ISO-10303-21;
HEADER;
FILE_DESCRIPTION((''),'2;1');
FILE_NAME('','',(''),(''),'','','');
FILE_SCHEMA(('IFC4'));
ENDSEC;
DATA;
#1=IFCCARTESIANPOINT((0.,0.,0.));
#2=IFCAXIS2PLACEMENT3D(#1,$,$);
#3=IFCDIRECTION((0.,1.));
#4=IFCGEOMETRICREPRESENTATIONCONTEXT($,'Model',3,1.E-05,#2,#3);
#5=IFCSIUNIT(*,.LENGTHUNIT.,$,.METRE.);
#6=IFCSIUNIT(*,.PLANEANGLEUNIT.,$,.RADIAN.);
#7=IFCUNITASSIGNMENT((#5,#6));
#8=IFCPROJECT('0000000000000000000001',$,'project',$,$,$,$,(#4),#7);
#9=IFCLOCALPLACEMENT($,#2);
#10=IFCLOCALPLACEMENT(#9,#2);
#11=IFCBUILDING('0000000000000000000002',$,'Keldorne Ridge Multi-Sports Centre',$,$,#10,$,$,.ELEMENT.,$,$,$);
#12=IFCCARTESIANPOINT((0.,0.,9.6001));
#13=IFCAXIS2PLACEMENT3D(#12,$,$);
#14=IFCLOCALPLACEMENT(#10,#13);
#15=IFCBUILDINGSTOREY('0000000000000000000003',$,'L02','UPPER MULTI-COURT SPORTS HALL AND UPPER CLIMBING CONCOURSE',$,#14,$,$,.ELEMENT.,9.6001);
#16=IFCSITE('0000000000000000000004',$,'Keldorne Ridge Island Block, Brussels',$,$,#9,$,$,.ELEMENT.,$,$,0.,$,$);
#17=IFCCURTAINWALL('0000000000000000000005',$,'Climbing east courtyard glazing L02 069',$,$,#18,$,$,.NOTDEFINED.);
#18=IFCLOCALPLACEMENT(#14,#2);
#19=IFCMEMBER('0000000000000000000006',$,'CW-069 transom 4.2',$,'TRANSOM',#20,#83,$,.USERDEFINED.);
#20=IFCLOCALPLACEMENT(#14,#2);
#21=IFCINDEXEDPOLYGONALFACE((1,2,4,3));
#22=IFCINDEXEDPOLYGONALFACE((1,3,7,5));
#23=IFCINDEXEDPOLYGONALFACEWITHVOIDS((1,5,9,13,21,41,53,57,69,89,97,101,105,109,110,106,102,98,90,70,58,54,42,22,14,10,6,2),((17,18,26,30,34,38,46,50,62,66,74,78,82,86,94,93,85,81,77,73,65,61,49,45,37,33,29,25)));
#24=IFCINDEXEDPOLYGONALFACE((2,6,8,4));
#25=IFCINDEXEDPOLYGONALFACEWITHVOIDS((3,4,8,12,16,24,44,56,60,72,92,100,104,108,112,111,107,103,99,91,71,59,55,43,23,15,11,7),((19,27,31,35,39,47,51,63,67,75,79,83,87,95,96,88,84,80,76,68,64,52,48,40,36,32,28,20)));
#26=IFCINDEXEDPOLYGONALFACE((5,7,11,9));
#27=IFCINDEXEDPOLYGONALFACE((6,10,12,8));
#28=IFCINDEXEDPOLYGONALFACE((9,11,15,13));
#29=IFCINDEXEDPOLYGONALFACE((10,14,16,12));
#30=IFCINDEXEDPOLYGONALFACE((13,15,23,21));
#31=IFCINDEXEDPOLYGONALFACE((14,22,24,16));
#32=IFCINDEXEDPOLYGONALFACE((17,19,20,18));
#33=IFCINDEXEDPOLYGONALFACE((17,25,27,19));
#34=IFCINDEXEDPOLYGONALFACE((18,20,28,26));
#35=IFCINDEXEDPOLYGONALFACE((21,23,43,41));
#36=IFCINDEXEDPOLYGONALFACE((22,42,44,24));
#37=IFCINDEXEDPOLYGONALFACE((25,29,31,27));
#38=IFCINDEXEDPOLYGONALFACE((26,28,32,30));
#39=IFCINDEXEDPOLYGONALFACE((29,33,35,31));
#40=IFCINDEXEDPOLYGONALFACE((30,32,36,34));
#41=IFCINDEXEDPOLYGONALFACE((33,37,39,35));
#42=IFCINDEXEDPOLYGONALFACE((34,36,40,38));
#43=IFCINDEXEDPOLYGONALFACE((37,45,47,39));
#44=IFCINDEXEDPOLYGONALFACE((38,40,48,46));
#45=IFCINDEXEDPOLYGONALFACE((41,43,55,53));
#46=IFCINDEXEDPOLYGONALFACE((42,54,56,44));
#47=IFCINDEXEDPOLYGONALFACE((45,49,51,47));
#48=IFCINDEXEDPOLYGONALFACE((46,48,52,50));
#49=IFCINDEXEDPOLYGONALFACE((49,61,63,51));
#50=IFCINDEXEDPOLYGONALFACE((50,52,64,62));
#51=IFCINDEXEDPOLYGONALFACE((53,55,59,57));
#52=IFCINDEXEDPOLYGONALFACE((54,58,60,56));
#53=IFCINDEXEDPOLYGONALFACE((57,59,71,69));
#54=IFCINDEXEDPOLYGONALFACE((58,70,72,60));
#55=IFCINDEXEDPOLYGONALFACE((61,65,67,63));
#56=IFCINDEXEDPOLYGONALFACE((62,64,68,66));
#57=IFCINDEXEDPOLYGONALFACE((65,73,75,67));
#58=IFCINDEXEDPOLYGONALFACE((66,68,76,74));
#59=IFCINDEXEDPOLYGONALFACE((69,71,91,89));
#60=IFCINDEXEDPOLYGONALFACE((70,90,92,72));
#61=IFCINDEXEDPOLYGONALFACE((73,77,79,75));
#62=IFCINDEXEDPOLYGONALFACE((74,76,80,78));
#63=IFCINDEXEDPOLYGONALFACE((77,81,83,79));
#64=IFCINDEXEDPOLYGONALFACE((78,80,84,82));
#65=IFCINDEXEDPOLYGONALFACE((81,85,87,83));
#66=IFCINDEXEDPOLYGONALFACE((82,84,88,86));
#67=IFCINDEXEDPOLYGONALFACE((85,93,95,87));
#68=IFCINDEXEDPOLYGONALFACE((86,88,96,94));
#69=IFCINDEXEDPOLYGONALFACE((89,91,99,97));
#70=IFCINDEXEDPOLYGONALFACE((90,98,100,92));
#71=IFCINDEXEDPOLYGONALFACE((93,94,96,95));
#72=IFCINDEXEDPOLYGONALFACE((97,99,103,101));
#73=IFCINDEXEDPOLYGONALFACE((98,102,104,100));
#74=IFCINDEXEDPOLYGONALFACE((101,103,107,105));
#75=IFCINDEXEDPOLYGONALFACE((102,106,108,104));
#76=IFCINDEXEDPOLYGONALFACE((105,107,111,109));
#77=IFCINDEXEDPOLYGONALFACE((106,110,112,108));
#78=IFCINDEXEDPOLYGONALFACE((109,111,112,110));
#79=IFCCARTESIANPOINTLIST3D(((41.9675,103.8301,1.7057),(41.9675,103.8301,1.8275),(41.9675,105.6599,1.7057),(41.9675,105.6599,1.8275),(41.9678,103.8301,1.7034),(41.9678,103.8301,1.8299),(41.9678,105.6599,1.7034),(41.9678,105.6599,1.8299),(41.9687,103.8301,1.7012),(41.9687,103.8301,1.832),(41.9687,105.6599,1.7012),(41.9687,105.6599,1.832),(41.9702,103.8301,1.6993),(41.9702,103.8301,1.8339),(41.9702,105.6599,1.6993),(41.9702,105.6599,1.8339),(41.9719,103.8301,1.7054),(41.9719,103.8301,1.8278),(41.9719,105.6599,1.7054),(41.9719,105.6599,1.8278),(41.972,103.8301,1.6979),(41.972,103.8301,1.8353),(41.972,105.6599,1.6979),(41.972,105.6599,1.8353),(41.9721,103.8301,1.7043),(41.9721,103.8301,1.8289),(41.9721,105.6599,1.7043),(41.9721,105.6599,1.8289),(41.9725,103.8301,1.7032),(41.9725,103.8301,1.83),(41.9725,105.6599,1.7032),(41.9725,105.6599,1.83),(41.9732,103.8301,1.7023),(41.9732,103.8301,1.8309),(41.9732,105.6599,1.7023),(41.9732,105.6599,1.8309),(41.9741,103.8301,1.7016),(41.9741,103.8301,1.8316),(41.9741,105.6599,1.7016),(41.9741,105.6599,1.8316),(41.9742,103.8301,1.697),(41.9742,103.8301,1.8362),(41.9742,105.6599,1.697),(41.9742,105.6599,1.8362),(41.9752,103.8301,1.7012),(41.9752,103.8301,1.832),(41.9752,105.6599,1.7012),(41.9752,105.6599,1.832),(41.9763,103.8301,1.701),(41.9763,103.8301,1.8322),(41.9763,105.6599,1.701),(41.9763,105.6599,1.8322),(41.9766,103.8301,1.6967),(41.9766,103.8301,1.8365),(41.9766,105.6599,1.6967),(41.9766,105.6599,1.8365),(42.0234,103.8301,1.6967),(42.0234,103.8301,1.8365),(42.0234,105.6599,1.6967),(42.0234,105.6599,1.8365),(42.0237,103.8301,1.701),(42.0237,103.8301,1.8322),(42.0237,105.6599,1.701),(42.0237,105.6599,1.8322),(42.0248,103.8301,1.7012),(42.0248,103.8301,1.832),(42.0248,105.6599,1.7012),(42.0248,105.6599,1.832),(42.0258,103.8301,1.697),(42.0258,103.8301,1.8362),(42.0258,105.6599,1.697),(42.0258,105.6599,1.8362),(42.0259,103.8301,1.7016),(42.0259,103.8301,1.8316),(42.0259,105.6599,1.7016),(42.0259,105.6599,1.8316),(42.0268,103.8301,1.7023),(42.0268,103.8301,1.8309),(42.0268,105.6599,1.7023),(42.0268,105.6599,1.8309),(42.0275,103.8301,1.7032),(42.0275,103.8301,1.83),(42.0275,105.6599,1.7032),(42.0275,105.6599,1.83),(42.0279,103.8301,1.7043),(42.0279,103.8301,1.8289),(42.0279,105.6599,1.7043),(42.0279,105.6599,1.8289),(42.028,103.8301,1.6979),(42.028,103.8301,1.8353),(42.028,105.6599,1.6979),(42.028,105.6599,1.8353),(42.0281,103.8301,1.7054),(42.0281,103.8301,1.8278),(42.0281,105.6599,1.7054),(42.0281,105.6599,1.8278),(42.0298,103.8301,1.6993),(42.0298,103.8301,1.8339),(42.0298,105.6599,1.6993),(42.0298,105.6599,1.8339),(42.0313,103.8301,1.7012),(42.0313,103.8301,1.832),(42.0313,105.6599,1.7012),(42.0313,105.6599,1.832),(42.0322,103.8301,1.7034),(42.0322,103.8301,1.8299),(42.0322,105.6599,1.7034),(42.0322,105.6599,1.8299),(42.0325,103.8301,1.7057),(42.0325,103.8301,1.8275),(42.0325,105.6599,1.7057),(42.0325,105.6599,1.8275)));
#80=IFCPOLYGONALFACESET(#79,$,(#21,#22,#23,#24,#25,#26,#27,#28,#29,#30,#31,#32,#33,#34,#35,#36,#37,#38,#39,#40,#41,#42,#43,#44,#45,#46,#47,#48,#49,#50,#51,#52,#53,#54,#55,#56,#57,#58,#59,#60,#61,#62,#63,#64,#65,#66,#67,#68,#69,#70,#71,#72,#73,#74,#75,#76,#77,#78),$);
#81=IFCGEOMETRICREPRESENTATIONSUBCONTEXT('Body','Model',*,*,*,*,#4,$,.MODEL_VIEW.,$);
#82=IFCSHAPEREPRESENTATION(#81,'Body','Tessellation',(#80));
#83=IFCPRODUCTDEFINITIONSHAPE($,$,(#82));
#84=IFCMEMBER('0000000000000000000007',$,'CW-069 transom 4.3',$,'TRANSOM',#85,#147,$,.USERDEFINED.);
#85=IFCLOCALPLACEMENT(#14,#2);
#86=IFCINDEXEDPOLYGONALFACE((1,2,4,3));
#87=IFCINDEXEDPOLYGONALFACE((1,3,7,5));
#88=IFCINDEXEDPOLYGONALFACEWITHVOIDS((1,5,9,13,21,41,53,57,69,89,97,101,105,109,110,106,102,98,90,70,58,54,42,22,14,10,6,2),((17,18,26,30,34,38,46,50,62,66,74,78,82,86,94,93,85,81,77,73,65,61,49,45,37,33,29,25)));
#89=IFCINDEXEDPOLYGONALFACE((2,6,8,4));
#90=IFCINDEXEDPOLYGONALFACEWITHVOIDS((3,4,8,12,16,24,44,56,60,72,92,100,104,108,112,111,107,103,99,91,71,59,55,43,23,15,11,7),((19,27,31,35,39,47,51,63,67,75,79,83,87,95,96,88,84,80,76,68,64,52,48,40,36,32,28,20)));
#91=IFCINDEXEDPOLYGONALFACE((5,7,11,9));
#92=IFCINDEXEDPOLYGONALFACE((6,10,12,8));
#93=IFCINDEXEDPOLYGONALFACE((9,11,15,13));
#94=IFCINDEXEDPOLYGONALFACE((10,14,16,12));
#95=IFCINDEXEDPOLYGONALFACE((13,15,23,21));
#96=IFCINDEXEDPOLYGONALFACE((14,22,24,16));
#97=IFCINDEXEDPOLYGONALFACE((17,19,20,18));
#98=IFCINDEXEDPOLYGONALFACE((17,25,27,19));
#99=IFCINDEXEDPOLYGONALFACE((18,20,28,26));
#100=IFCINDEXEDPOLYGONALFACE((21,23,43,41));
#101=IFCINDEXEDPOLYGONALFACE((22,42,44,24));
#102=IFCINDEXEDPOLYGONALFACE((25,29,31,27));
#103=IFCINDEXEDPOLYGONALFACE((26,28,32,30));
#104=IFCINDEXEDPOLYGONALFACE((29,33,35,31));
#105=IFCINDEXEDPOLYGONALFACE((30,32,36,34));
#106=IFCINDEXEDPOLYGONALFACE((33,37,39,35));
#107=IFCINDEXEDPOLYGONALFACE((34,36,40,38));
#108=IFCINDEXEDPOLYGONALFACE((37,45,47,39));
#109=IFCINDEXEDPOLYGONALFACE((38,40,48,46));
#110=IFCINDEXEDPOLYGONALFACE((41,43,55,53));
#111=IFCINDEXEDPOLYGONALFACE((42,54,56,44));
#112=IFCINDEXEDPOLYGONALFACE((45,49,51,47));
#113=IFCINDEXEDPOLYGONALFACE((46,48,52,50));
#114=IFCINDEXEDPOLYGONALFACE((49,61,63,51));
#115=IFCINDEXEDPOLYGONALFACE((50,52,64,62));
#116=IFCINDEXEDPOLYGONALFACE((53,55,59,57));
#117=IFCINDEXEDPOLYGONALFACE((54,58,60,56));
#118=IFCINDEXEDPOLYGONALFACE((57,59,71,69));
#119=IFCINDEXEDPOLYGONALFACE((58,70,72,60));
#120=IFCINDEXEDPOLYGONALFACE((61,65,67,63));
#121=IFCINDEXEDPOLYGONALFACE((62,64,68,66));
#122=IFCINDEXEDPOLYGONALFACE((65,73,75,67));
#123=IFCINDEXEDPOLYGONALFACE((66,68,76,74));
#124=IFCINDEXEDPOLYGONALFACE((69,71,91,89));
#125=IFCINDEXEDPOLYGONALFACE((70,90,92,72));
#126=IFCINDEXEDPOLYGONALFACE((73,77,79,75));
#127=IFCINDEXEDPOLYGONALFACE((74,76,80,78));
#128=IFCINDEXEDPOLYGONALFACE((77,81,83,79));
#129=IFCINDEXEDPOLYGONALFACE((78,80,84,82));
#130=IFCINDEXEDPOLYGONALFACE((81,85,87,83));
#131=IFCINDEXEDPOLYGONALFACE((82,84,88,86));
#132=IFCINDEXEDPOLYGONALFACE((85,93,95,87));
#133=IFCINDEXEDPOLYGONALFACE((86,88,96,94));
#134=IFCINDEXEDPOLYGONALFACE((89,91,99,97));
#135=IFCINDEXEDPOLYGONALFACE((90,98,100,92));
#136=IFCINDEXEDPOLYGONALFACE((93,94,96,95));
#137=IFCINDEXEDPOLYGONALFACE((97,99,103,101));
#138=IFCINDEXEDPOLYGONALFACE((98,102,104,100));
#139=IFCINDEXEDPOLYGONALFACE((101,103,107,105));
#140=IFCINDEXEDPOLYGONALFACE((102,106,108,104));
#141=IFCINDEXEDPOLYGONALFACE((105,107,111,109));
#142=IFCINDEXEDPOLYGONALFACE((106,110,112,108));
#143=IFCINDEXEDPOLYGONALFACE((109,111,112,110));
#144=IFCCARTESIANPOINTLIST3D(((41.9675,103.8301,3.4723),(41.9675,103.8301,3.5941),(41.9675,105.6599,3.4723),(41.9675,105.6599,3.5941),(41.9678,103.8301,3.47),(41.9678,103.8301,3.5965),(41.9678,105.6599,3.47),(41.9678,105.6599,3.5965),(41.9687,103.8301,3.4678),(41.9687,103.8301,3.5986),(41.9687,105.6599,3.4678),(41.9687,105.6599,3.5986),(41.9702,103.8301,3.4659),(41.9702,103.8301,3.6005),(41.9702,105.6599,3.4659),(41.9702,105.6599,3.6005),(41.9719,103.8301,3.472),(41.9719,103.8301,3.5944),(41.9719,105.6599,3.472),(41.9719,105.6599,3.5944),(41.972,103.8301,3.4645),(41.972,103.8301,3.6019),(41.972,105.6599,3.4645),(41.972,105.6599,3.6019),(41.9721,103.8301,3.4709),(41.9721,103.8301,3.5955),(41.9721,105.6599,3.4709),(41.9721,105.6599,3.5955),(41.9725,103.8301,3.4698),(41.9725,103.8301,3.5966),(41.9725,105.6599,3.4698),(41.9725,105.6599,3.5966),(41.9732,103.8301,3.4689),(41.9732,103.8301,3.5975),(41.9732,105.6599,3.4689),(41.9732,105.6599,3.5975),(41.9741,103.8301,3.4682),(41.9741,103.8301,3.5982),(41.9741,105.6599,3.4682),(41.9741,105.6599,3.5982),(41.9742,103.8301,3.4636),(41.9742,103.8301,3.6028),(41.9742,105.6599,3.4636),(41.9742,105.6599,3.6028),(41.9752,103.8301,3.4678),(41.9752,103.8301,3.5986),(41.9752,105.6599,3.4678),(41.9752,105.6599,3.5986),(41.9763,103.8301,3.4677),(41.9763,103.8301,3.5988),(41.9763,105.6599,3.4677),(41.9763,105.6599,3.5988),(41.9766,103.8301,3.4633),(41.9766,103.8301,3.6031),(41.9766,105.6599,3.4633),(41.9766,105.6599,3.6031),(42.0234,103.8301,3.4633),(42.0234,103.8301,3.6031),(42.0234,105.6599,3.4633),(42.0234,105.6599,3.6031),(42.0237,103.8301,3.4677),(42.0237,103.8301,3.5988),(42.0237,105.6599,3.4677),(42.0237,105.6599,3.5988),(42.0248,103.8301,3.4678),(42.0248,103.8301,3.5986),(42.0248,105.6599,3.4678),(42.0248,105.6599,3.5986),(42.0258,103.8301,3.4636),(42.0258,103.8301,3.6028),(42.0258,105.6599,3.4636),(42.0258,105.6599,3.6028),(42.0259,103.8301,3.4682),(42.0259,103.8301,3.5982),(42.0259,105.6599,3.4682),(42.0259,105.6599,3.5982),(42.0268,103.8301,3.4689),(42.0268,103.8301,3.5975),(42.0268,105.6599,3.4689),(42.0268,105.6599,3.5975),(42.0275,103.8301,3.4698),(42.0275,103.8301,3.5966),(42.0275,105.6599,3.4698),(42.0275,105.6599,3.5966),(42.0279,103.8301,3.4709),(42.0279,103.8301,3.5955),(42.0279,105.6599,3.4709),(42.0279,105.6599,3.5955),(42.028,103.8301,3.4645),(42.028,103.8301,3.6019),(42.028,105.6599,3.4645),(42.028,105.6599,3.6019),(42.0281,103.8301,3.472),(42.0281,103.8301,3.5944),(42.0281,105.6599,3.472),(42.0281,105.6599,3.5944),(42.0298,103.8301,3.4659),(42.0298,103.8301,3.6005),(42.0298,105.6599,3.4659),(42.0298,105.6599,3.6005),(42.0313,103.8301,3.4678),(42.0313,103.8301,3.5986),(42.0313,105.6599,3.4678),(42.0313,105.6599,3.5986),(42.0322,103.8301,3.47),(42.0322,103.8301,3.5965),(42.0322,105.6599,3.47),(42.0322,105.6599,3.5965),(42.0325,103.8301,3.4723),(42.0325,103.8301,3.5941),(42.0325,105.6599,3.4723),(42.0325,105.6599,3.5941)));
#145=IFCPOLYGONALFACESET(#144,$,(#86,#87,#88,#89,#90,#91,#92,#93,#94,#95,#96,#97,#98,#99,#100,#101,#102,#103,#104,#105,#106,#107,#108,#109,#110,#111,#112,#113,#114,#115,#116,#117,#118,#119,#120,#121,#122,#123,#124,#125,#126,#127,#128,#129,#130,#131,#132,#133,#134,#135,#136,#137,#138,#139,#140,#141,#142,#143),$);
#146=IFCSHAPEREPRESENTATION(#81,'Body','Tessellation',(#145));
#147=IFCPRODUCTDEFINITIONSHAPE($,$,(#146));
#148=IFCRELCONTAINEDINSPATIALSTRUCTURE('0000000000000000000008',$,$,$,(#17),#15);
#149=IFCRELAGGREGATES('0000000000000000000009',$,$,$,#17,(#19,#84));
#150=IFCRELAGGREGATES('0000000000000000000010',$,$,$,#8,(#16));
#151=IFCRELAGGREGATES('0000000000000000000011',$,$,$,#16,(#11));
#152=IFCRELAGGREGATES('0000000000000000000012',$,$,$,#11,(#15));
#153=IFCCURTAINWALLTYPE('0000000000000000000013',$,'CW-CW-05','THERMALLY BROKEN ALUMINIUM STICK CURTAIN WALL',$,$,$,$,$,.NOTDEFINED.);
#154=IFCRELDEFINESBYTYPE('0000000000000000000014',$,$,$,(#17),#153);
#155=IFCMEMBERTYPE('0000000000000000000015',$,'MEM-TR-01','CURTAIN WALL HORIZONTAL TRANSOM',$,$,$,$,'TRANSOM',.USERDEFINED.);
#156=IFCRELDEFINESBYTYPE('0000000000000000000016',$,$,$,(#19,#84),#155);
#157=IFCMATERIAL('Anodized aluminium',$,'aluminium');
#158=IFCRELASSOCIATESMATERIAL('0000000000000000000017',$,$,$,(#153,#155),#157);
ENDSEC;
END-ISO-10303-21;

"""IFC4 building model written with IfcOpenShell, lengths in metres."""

from ifc_helpers import new_model, si_unit, direction, frame, origin, origin_2d, place, context, subcontext, project, spatial, hollow_rectangle, extrude, material, material_profile, profile_set, type_object, element, aggregate, save


model = new_model("IFC4")

# Units and contexts
model_context = context("Model", 3, precision=1e-05, world=origin(), true_north=direction((0.0, 1.0)))
body_context = subcontext(model_context, "Body", "Model", "MODEL_VIEW")
ifc_project = project(units=[si_unit("LENGTHUNIT", "METRE"), si_unit("PLANEANGLEUNIT", "RADIAN")], contexts=[model_context])

# Site, building, storey
site_placement = place(None, origin())
site = spatial("IfcSite", under=ifc_project, at=site_placement, Name="Keldorne Ridge Island Block, Brussels", CompositionType="ELEMENT", RefElevation=0.0)
building_placement = place(site_placement, origin())
building = spatial("IfcBuilding", under=site, at=building_placement, Name="Keldorne Ridge Multi-Sports Centre", CompositionType="ELEMENT")
storey_placement = place(building_placement, frame((0.0, 0.0, 9.6001)))
storey = spatial("IfcBuildingStorey", under=building, at=storey_placement, Name="L02", Description="UPPER MULTI-COURT SPORTS HALL AND UPPER CLIMBING CONCOURSE", CompositionType="ELEMENT", Elevation=9.6001)

# Curtain wall, members
ifc_material_1 = material(Name="Anodized aluminium", Category="aluminium")
curtain_wall_type = type_object("IfcCurtainWallType", Name="CW-CW-05", Description="THERMALLY BROKEN ALUMINIUM STICK CURTAIN WALL", PredefinedType="NOTDEFINED", material=ifc_material_1)
curtain_wall_placement = place(storey_placement, origin())
curtain_wall = element("IfcCurtainWall", 1, at=curtain_wall_placement, inside=storey, type_object=curtain_wall_type, Name="Climbing east courtyard glazing L02 069", PredefinedType="NOTDEFINED")
ifc_material_profile_1 = material_profile(ifc_material_1, hollow_rectangle(XDim=0.0649, YDim=0.1399, WallThickness=0.0044, InnerFilletRadius=0.0044, OuterFilletRadius=0.009, at=origin_2d()), Name="ALU TRANSOM 140x65x4.5")
ifc_profile_set_1 = profile_set([ifc_material_profile_1], Name="Anodized aluminium")
member_type_1 = type_object("IfcMemberType", Name="MEM-TR-01", Description="CURTAIN WALL HORIZONTAL TRANSOM", ElementType="TRANSOM", PredefinedType="USERDEFINED", material=ifc_profile_set_1)
member_1_placement = place(storey_placement, frame((42.0, 103.8301, 1.7666), z_axis=(0.0, 1.0, 0.0), x_axis=(-1.0, 0.0, 0.0)))
member_1 = element("IfcMember", 2, at=member_1_placement, type_object=member_type_1, Name="CW-069 transom 4.2", ObjectType="TRANSOM", PredefinedType="USERDEFINED", context=body_context, shape_type="SweptSolid", body=[
    extrude(hollow_rectangle(XDim=0.0649, YDim=0.1399, WallThickness=0.0044, InnerFilletRadius=0.0044, OuterFilletRadius=0.009, at=origin_2d()), origin(), (0.0, 0.0, 1.0), 1.8298),
])
member_2_placement = place(storey_placement, frame((42.0, 103.8301, 3.5332), z_axis=(0.0, 1.0, 0.0), x_axis=(-1.0, 0.0, 0.0)))
member_2 = element("IfcMember", 3, at=member_2_placement, type_object=member_type_1, Name="CW-069 transom 4.3", ObjectType="TRANSOM", PredefinedType="USERDEFINED", context=body_context, shape_type="SweptSolid", body=[
    extrude(hollow_rectangle(XDim=0.0649, YDim=0.1399, WallThickness=0.0044, InnerFilletRadius=0.0044, OuterFilletRadius=0.009, at=origin_2d()), origin(), (0.0, 0.0, 1.0), 1.8298),
])
aggregate(curtain_wall, [member_1, member_2])

save(model, "model.ifc")
